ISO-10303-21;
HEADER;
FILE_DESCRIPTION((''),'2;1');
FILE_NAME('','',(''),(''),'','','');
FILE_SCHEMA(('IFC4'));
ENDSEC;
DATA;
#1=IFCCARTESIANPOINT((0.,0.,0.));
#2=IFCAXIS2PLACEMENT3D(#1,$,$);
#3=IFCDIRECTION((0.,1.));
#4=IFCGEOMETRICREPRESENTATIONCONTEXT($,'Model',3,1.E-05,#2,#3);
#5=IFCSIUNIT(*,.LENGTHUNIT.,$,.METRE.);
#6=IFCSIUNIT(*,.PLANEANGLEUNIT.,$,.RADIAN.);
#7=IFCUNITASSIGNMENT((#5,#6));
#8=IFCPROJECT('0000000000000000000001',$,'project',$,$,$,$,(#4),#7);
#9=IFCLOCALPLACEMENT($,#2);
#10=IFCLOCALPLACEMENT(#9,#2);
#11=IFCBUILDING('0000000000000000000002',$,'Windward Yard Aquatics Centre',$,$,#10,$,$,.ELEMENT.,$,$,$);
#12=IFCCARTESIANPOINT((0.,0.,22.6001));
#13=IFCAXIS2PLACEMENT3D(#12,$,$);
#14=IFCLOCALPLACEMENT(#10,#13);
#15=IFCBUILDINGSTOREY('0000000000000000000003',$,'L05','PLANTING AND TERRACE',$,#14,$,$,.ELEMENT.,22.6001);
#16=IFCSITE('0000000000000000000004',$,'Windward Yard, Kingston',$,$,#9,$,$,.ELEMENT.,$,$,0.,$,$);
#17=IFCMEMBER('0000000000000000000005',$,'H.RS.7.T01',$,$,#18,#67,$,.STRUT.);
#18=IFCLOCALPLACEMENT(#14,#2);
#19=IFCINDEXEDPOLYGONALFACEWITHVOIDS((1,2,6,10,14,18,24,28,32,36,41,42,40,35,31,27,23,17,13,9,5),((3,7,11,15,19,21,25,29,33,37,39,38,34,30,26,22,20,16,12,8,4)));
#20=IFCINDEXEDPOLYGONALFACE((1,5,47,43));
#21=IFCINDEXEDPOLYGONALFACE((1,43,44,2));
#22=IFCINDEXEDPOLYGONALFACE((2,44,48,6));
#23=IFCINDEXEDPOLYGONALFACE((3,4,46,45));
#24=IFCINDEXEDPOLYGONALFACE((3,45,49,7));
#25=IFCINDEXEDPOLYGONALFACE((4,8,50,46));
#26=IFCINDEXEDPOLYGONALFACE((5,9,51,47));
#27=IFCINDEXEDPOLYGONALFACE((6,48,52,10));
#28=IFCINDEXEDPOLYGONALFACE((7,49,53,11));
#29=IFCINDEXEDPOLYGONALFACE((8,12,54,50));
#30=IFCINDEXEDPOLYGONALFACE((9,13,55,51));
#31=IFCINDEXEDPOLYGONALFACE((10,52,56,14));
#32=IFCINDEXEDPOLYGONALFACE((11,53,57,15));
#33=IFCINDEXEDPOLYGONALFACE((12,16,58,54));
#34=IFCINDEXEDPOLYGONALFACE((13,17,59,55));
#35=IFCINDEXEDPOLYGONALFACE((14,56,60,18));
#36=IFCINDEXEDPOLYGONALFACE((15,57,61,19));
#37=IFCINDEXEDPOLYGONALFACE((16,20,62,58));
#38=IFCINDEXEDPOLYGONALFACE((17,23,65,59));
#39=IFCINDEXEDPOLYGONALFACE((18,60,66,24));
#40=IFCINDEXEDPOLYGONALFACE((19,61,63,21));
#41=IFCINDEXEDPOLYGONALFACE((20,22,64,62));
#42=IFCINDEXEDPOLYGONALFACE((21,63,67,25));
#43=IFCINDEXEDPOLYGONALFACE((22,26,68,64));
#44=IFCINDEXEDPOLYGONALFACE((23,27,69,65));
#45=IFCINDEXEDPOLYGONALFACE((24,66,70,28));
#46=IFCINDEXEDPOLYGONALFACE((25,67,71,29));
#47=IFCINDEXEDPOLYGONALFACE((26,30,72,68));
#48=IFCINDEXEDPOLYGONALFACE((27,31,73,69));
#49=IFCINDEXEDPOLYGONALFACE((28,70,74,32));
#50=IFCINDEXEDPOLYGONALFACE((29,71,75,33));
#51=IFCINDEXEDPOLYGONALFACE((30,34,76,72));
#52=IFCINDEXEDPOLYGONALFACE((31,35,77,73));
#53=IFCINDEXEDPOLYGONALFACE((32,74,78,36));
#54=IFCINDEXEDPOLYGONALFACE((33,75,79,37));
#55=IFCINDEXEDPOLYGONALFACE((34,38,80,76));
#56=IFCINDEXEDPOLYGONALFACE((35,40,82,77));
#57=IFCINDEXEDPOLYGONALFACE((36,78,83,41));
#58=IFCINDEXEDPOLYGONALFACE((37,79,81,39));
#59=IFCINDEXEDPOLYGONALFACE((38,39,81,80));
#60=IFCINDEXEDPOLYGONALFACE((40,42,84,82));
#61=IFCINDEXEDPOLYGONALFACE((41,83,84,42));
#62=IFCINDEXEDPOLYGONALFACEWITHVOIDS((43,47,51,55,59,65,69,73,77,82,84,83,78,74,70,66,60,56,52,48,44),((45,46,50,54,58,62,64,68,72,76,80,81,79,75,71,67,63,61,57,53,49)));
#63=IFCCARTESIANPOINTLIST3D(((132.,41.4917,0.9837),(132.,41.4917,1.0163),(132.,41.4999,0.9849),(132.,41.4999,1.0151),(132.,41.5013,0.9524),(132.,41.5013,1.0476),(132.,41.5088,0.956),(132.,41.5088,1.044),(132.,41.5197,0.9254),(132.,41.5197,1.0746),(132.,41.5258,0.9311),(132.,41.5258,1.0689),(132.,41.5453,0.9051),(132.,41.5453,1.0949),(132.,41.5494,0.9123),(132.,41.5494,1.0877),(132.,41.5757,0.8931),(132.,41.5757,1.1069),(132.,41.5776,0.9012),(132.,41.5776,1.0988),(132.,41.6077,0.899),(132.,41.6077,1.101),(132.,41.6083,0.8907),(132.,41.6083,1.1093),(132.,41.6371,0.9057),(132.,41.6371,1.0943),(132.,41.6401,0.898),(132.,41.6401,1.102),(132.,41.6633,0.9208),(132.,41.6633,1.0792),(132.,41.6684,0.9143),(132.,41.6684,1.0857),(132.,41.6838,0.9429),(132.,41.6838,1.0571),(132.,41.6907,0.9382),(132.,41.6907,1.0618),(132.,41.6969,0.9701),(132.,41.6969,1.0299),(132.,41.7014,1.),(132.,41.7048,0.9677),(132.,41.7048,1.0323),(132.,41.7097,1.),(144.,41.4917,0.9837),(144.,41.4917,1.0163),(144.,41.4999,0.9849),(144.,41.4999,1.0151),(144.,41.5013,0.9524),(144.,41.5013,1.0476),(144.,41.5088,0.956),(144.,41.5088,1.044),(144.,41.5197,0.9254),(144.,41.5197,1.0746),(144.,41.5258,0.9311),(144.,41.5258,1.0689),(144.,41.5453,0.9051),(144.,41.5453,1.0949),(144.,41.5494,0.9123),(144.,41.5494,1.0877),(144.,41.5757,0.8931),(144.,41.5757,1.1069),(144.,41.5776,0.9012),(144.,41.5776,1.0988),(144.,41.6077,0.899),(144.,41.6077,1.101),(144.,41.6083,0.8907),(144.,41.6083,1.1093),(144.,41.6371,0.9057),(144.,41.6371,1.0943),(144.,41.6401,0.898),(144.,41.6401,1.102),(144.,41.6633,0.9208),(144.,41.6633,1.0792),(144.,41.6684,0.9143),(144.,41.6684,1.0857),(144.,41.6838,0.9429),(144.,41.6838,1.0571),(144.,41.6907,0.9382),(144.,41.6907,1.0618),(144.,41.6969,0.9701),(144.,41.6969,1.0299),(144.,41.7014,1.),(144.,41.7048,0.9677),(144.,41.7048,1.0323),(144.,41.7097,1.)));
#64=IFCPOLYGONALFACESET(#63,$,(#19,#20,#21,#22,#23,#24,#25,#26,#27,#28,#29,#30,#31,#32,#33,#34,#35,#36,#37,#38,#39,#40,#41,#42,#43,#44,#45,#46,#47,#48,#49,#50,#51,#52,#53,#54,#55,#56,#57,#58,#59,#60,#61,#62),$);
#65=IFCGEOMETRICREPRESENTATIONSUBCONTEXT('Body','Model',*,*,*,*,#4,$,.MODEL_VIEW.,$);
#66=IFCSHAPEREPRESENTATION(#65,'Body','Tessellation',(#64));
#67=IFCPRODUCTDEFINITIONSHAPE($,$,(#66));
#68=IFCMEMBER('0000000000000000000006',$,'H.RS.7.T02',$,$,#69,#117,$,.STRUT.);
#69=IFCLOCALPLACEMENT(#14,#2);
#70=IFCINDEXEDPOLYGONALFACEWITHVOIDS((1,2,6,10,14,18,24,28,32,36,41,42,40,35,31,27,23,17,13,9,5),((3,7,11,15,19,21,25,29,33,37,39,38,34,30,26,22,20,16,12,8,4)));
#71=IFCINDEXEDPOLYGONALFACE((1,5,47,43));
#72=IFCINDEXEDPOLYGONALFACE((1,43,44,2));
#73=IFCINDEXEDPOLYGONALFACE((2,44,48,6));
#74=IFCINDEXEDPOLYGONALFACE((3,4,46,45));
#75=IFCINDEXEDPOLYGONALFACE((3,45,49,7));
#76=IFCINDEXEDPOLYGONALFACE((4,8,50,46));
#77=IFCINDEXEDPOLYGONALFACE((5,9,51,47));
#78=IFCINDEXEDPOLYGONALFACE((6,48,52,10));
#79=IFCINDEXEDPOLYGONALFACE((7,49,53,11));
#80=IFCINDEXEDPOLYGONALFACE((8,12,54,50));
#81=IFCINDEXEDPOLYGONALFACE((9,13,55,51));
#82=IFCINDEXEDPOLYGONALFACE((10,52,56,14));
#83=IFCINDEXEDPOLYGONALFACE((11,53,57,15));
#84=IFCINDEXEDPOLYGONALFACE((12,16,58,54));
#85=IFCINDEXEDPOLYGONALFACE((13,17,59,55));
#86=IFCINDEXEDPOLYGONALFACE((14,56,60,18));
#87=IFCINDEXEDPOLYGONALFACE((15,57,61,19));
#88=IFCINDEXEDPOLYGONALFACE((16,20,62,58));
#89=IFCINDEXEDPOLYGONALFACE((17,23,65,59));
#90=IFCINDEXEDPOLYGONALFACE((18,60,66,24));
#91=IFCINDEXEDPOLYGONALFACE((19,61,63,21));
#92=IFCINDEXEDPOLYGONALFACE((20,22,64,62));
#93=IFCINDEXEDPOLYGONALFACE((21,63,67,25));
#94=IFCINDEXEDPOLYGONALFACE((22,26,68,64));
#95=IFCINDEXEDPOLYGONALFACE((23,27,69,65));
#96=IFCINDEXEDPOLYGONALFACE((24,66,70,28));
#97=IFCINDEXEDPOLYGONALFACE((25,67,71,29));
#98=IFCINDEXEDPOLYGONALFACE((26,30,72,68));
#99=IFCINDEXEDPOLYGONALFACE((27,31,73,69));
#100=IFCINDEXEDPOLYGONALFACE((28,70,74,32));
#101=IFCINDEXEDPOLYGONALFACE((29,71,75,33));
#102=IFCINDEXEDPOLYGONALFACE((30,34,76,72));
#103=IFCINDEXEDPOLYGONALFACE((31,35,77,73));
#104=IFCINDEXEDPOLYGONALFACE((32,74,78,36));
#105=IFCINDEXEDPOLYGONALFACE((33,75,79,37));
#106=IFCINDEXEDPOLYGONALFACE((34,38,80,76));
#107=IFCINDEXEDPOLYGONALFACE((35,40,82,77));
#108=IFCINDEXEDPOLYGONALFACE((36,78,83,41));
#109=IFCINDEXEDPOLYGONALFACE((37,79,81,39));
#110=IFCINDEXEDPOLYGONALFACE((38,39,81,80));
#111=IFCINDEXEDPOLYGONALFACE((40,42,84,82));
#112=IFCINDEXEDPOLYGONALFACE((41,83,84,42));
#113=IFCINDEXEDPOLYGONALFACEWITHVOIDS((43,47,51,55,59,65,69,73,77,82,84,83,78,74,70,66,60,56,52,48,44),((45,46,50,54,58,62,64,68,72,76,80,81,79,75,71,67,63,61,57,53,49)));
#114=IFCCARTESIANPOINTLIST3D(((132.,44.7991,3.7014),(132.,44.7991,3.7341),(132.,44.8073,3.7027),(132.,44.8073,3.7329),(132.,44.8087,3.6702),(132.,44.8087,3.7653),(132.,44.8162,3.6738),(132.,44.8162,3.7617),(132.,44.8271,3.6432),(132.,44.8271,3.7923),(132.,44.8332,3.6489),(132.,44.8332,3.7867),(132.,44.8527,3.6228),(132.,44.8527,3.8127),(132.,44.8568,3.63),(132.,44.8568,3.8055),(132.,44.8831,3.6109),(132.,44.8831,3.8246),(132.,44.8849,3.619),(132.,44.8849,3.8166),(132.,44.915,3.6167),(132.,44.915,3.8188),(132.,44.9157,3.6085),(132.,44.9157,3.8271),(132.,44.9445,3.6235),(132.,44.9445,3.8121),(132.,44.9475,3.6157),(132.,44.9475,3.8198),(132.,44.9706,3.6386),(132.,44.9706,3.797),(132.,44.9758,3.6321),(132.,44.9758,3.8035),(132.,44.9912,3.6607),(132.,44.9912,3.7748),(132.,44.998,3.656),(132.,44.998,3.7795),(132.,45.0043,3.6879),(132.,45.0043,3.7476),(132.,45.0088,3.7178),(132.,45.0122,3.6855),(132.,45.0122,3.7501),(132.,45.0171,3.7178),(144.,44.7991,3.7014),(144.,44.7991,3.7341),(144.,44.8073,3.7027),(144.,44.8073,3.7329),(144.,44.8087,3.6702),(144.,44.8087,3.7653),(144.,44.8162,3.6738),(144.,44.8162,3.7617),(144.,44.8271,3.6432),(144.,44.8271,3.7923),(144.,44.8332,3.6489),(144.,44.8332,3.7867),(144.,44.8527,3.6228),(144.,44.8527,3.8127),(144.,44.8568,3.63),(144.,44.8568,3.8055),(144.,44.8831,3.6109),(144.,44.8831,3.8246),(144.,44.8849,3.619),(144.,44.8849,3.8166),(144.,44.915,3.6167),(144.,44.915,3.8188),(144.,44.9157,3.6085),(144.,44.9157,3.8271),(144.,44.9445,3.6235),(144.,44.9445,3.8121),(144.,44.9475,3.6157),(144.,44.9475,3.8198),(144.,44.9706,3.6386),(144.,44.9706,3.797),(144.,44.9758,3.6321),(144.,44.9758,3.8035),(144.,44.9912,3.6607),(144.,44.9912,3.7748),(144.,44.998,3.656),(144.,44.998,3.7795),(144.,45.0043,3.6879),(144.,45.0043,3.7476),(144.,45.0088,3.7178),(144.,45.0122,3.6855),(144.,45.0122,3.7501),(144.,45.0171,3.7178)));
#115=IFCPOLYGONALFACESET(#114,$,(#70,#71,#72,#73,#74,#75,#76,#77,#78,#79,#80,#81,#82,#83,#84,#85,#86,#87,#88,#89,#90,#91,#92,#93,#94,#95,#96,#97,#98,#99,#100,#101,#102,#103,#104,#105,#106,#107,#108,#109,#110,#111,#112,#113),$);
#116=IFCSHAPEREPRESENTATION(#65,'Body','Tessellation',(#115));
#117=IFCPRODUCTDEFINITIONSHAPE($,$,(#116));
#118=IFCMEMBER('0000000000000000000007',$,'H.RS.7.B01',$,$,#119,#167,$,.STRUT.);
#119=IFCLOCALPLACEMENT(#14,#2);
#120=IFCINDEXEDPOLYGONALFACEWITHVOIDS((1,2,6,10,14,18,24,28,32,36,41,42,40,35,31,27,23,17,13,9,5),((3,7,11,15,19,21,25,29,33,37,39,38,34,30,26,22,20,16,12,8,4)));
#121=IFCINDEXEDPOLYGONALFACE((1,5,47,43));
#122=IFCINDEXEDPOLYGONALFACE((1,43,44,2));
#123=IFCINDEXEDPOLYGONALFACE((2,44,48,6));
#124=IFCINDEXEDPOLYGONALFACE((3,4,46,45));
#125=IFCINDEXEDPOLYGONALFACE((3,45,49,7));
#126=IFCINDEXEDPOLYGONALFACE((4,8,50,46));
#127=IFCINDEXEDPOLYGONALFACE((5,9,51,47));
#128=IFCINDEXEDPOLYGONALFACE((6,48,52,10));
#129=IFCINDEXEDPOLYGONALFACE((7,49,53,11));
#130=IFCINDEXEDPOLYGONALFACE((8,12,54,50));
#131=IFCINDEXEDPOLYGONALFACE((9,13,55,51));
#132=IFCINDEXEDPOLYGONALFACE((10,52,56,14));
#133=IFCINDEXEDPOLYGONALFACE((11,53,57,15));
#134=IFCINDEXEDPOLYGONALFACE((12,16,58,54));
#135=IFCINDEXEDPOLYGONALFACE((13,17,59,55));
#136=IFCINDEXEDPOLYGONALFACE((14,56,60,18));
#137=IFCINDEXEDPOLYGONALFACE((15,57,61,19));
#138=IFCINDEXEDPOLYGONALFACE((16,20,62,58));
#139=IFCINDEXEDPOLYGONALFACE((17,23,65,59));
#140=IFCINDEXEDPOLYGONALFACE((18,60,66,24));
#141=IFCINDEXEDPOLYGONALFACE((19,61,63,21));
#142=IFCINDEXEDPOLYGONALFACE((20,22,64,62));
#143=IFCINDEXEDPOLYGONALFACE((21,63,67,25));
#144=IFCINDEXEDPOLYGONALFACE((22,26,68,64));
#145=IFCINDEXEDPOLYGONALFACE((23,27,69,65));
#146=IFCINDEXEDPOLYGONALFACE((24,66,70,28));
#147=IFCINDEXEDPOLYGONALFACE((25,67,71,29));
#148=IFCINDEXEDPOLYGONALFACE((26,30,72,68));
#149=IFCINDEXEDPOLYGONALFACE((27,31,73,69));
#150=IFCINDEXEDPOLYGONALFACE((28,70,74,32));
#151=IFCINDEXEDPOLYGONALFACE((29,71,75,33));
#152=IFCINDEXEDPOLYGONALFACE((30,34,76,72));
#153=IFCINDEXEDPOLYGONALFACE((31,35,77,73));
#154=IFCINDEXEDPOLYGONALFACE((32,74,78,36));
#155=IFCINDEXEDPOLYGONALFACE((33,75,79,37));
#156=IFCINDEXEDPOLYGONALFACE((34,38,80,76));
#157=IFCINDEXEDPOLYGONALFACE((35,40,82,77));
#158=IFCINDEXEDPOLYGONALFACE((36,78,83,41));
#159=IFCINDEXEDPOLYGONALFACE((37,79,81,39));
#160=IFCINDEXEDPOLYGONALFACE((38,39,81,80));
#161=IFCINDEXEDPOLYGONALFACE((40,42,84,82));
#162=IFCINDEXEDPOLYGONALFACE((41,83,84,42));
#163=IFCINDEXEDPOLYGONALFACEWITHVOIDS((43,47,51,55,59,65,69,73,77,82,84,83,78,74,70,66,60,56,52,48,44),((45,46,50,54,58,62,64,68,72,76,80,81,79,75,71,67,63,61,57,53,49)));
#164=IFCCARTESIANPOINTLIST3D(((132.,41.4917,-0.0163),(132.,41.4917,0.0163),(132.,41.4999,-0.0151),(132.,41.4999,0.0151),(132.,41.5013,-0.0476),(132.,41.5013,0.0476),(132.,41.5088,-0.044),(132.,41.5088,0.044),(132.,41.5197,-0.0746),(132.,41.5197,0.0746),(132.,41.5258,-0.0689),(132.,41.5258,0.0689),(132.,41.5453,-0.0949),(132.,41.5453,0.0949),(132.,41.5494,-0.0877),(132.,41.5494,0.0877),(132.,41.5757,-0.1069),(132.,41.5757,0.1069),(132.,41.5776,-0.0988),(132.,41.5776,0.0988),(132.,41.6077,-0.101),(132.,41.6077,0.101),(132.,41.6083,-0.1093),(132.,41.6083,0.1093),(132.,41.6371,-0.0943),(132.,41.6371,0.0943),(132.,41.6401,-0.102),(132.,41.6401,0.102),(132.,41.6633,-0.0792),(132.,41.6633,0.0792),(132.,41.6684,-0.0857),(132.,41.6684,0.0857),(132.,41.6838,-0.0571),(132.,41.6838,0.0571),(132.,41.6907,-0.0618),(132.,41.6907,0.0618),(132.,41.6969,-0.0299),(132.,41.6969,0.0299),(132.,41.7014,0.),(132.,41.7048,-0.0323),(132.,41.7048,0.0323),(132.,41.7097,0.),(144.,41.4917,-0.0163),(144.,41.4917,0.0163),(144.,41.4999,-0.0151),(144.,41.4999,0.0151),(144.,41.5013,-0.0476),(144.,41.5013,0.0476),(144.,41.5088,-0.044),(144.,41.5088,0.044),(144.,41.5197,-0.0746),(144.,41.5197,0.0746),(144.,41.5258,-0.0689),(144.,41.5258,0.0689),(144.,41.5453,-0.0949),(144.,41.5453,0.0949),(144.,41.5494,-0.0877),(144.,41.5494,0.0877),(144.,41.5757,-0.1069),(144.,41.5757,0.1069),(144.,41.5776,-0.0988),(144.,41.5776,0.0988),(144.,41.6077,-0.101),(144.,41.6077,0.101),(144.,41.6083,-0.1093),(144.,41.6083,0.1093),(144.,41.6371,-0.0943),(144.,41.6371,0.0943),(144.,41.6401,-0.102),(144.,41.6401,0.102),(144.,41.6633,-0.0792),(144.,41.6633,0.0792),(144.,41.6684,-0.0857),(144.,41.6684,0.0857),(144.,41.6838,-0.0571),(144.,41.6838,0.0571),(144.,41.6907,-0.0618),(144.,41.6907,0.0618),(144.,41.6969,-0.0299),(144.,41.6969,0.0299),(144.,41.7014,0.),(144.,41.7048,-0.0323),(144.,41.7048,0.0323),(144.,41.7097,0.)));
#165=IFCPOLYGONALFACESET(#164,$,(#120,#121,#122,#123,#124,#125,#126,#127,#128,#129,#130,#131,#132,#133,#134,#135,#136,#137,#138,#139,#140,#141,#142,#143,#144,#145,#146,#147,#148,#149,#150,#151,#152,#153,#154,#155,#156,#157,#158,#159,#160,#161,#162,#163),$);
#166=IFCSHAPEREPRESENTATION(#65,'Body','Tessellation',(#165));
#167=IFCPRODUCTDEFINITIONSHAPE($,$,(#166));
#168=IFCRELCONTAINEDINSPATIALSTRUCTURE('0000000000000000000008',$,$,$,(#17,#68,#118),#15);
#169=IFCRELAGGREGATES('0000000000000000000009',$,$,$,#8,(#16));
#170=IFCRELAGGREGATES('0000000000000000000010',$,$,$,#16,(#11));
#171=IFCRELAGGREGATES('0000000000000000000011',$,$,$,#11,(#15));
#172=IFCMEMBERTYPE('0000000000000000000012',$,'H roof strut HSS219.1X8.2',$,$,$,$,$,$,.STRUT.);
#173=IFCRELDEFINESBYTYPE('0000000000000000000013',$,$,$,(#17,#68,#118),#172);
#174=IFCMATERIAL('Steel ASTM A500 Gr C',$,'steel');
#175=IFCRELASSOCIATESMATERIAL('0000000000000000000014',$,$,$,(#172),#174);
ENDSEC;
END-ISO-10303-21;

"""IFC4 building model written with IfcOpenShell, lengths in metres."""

from ifc_helpers import new_model, si_unit, direction, frame, origin, origin_2d, place, context, subcontext, project, spatial, hollow_circle, extrude, material, material_profile, profile_set, type_object, element, save


model = new_model("IFC4")

# Units and contexts
model_context = context("Model", 3, precision=1e-05, world=origin(), true_north=direction((0.0, 1.0)))
body_context = subcontext(model_context, "Body", "Model", "MODEL_VIEW")
ifc_project = project(units=[si_unit("LENGTHUNIT", "METRE"), si_unit("PLANEANGLEUNIT", "RADIAN")], contexts=[model_context])

# Site, building, storey
site_placement = place(None, origin())
site = spatial("IfcSite", under=ifc_project, at=site_placement, Name="Windward Yard, Kingston", CompositionType="ELEMENT", RefElevation=0.0)
building_placement = place(site_placement, origin())
building = spatial("IfcBuilding", under=site, at=building_placement, Name="Windward Yard Aquatics Centre", CompositionType="ELEMENT")
storey_placement = place(building_placement, frame((0.0, 0.0, 22.6001)))
storey = spatial("IfcBuildingStorey", under=building, at=storey_placement, Name="L05", Description="PLANTING AND TERRACE", CompositionType="ELEMENT", Elevation=22.6001)

# Shared definitions
ifc_material_1 = material(Name="Steel ASTM A500 Gr C", Category="steel")

# Members
ifc_material_profile_1 = material_profile(ifc_material_1, hollow_circle(Radius=0.1096, WallThickness=0.0083, at=origin_2d()), Name="HSS219.1X8.2")
ifc_profile_set_1 = profile_set([ifc_material_profile_1], Name="Steel ASTM A500 Gr C")
member_type_1 = type_object("IfcMemberType", Name="H roof strut HSS219.1X8.2", PredefinedType="STRUT", material=ifc_profile_set_1)
for number, where, z_axis, x_axis, name in (
    (1, (132.0, 41.6001, 1.0), (1.0, 0.0, 0.0), (0.0, 1.0, 0.0), "H.RS.7.T01"),
    (2, (132.0, 44.9075, 3.7178), (1.0, 0.0, 0.0), (0.0, 1.0, 0.0), "H.RS.7.T02"),
    (3, (132.0, 41.6001, 0.0), (1.0, 0.0, 0.0), (0.0, 1.0, 0.0), "H.RS.7.B01"),
):
    element("IfcMember", number, at=place(storey_placement, frame(where, z_axis=z_axis, x_axis=x_axis)), inside=storey, type_object=member_type_1, Name=name, PredefinedType="STRUT", context=body_context, shape_type="SweptSolid", body=[
        extrude(hollow_circle(Radius=0.1096, WallThickness=0.0083, at=origin_2d()), origin(), (0.0, 0.0, 1.0), 12.0),
    ])

save(model, "model.ifc")
